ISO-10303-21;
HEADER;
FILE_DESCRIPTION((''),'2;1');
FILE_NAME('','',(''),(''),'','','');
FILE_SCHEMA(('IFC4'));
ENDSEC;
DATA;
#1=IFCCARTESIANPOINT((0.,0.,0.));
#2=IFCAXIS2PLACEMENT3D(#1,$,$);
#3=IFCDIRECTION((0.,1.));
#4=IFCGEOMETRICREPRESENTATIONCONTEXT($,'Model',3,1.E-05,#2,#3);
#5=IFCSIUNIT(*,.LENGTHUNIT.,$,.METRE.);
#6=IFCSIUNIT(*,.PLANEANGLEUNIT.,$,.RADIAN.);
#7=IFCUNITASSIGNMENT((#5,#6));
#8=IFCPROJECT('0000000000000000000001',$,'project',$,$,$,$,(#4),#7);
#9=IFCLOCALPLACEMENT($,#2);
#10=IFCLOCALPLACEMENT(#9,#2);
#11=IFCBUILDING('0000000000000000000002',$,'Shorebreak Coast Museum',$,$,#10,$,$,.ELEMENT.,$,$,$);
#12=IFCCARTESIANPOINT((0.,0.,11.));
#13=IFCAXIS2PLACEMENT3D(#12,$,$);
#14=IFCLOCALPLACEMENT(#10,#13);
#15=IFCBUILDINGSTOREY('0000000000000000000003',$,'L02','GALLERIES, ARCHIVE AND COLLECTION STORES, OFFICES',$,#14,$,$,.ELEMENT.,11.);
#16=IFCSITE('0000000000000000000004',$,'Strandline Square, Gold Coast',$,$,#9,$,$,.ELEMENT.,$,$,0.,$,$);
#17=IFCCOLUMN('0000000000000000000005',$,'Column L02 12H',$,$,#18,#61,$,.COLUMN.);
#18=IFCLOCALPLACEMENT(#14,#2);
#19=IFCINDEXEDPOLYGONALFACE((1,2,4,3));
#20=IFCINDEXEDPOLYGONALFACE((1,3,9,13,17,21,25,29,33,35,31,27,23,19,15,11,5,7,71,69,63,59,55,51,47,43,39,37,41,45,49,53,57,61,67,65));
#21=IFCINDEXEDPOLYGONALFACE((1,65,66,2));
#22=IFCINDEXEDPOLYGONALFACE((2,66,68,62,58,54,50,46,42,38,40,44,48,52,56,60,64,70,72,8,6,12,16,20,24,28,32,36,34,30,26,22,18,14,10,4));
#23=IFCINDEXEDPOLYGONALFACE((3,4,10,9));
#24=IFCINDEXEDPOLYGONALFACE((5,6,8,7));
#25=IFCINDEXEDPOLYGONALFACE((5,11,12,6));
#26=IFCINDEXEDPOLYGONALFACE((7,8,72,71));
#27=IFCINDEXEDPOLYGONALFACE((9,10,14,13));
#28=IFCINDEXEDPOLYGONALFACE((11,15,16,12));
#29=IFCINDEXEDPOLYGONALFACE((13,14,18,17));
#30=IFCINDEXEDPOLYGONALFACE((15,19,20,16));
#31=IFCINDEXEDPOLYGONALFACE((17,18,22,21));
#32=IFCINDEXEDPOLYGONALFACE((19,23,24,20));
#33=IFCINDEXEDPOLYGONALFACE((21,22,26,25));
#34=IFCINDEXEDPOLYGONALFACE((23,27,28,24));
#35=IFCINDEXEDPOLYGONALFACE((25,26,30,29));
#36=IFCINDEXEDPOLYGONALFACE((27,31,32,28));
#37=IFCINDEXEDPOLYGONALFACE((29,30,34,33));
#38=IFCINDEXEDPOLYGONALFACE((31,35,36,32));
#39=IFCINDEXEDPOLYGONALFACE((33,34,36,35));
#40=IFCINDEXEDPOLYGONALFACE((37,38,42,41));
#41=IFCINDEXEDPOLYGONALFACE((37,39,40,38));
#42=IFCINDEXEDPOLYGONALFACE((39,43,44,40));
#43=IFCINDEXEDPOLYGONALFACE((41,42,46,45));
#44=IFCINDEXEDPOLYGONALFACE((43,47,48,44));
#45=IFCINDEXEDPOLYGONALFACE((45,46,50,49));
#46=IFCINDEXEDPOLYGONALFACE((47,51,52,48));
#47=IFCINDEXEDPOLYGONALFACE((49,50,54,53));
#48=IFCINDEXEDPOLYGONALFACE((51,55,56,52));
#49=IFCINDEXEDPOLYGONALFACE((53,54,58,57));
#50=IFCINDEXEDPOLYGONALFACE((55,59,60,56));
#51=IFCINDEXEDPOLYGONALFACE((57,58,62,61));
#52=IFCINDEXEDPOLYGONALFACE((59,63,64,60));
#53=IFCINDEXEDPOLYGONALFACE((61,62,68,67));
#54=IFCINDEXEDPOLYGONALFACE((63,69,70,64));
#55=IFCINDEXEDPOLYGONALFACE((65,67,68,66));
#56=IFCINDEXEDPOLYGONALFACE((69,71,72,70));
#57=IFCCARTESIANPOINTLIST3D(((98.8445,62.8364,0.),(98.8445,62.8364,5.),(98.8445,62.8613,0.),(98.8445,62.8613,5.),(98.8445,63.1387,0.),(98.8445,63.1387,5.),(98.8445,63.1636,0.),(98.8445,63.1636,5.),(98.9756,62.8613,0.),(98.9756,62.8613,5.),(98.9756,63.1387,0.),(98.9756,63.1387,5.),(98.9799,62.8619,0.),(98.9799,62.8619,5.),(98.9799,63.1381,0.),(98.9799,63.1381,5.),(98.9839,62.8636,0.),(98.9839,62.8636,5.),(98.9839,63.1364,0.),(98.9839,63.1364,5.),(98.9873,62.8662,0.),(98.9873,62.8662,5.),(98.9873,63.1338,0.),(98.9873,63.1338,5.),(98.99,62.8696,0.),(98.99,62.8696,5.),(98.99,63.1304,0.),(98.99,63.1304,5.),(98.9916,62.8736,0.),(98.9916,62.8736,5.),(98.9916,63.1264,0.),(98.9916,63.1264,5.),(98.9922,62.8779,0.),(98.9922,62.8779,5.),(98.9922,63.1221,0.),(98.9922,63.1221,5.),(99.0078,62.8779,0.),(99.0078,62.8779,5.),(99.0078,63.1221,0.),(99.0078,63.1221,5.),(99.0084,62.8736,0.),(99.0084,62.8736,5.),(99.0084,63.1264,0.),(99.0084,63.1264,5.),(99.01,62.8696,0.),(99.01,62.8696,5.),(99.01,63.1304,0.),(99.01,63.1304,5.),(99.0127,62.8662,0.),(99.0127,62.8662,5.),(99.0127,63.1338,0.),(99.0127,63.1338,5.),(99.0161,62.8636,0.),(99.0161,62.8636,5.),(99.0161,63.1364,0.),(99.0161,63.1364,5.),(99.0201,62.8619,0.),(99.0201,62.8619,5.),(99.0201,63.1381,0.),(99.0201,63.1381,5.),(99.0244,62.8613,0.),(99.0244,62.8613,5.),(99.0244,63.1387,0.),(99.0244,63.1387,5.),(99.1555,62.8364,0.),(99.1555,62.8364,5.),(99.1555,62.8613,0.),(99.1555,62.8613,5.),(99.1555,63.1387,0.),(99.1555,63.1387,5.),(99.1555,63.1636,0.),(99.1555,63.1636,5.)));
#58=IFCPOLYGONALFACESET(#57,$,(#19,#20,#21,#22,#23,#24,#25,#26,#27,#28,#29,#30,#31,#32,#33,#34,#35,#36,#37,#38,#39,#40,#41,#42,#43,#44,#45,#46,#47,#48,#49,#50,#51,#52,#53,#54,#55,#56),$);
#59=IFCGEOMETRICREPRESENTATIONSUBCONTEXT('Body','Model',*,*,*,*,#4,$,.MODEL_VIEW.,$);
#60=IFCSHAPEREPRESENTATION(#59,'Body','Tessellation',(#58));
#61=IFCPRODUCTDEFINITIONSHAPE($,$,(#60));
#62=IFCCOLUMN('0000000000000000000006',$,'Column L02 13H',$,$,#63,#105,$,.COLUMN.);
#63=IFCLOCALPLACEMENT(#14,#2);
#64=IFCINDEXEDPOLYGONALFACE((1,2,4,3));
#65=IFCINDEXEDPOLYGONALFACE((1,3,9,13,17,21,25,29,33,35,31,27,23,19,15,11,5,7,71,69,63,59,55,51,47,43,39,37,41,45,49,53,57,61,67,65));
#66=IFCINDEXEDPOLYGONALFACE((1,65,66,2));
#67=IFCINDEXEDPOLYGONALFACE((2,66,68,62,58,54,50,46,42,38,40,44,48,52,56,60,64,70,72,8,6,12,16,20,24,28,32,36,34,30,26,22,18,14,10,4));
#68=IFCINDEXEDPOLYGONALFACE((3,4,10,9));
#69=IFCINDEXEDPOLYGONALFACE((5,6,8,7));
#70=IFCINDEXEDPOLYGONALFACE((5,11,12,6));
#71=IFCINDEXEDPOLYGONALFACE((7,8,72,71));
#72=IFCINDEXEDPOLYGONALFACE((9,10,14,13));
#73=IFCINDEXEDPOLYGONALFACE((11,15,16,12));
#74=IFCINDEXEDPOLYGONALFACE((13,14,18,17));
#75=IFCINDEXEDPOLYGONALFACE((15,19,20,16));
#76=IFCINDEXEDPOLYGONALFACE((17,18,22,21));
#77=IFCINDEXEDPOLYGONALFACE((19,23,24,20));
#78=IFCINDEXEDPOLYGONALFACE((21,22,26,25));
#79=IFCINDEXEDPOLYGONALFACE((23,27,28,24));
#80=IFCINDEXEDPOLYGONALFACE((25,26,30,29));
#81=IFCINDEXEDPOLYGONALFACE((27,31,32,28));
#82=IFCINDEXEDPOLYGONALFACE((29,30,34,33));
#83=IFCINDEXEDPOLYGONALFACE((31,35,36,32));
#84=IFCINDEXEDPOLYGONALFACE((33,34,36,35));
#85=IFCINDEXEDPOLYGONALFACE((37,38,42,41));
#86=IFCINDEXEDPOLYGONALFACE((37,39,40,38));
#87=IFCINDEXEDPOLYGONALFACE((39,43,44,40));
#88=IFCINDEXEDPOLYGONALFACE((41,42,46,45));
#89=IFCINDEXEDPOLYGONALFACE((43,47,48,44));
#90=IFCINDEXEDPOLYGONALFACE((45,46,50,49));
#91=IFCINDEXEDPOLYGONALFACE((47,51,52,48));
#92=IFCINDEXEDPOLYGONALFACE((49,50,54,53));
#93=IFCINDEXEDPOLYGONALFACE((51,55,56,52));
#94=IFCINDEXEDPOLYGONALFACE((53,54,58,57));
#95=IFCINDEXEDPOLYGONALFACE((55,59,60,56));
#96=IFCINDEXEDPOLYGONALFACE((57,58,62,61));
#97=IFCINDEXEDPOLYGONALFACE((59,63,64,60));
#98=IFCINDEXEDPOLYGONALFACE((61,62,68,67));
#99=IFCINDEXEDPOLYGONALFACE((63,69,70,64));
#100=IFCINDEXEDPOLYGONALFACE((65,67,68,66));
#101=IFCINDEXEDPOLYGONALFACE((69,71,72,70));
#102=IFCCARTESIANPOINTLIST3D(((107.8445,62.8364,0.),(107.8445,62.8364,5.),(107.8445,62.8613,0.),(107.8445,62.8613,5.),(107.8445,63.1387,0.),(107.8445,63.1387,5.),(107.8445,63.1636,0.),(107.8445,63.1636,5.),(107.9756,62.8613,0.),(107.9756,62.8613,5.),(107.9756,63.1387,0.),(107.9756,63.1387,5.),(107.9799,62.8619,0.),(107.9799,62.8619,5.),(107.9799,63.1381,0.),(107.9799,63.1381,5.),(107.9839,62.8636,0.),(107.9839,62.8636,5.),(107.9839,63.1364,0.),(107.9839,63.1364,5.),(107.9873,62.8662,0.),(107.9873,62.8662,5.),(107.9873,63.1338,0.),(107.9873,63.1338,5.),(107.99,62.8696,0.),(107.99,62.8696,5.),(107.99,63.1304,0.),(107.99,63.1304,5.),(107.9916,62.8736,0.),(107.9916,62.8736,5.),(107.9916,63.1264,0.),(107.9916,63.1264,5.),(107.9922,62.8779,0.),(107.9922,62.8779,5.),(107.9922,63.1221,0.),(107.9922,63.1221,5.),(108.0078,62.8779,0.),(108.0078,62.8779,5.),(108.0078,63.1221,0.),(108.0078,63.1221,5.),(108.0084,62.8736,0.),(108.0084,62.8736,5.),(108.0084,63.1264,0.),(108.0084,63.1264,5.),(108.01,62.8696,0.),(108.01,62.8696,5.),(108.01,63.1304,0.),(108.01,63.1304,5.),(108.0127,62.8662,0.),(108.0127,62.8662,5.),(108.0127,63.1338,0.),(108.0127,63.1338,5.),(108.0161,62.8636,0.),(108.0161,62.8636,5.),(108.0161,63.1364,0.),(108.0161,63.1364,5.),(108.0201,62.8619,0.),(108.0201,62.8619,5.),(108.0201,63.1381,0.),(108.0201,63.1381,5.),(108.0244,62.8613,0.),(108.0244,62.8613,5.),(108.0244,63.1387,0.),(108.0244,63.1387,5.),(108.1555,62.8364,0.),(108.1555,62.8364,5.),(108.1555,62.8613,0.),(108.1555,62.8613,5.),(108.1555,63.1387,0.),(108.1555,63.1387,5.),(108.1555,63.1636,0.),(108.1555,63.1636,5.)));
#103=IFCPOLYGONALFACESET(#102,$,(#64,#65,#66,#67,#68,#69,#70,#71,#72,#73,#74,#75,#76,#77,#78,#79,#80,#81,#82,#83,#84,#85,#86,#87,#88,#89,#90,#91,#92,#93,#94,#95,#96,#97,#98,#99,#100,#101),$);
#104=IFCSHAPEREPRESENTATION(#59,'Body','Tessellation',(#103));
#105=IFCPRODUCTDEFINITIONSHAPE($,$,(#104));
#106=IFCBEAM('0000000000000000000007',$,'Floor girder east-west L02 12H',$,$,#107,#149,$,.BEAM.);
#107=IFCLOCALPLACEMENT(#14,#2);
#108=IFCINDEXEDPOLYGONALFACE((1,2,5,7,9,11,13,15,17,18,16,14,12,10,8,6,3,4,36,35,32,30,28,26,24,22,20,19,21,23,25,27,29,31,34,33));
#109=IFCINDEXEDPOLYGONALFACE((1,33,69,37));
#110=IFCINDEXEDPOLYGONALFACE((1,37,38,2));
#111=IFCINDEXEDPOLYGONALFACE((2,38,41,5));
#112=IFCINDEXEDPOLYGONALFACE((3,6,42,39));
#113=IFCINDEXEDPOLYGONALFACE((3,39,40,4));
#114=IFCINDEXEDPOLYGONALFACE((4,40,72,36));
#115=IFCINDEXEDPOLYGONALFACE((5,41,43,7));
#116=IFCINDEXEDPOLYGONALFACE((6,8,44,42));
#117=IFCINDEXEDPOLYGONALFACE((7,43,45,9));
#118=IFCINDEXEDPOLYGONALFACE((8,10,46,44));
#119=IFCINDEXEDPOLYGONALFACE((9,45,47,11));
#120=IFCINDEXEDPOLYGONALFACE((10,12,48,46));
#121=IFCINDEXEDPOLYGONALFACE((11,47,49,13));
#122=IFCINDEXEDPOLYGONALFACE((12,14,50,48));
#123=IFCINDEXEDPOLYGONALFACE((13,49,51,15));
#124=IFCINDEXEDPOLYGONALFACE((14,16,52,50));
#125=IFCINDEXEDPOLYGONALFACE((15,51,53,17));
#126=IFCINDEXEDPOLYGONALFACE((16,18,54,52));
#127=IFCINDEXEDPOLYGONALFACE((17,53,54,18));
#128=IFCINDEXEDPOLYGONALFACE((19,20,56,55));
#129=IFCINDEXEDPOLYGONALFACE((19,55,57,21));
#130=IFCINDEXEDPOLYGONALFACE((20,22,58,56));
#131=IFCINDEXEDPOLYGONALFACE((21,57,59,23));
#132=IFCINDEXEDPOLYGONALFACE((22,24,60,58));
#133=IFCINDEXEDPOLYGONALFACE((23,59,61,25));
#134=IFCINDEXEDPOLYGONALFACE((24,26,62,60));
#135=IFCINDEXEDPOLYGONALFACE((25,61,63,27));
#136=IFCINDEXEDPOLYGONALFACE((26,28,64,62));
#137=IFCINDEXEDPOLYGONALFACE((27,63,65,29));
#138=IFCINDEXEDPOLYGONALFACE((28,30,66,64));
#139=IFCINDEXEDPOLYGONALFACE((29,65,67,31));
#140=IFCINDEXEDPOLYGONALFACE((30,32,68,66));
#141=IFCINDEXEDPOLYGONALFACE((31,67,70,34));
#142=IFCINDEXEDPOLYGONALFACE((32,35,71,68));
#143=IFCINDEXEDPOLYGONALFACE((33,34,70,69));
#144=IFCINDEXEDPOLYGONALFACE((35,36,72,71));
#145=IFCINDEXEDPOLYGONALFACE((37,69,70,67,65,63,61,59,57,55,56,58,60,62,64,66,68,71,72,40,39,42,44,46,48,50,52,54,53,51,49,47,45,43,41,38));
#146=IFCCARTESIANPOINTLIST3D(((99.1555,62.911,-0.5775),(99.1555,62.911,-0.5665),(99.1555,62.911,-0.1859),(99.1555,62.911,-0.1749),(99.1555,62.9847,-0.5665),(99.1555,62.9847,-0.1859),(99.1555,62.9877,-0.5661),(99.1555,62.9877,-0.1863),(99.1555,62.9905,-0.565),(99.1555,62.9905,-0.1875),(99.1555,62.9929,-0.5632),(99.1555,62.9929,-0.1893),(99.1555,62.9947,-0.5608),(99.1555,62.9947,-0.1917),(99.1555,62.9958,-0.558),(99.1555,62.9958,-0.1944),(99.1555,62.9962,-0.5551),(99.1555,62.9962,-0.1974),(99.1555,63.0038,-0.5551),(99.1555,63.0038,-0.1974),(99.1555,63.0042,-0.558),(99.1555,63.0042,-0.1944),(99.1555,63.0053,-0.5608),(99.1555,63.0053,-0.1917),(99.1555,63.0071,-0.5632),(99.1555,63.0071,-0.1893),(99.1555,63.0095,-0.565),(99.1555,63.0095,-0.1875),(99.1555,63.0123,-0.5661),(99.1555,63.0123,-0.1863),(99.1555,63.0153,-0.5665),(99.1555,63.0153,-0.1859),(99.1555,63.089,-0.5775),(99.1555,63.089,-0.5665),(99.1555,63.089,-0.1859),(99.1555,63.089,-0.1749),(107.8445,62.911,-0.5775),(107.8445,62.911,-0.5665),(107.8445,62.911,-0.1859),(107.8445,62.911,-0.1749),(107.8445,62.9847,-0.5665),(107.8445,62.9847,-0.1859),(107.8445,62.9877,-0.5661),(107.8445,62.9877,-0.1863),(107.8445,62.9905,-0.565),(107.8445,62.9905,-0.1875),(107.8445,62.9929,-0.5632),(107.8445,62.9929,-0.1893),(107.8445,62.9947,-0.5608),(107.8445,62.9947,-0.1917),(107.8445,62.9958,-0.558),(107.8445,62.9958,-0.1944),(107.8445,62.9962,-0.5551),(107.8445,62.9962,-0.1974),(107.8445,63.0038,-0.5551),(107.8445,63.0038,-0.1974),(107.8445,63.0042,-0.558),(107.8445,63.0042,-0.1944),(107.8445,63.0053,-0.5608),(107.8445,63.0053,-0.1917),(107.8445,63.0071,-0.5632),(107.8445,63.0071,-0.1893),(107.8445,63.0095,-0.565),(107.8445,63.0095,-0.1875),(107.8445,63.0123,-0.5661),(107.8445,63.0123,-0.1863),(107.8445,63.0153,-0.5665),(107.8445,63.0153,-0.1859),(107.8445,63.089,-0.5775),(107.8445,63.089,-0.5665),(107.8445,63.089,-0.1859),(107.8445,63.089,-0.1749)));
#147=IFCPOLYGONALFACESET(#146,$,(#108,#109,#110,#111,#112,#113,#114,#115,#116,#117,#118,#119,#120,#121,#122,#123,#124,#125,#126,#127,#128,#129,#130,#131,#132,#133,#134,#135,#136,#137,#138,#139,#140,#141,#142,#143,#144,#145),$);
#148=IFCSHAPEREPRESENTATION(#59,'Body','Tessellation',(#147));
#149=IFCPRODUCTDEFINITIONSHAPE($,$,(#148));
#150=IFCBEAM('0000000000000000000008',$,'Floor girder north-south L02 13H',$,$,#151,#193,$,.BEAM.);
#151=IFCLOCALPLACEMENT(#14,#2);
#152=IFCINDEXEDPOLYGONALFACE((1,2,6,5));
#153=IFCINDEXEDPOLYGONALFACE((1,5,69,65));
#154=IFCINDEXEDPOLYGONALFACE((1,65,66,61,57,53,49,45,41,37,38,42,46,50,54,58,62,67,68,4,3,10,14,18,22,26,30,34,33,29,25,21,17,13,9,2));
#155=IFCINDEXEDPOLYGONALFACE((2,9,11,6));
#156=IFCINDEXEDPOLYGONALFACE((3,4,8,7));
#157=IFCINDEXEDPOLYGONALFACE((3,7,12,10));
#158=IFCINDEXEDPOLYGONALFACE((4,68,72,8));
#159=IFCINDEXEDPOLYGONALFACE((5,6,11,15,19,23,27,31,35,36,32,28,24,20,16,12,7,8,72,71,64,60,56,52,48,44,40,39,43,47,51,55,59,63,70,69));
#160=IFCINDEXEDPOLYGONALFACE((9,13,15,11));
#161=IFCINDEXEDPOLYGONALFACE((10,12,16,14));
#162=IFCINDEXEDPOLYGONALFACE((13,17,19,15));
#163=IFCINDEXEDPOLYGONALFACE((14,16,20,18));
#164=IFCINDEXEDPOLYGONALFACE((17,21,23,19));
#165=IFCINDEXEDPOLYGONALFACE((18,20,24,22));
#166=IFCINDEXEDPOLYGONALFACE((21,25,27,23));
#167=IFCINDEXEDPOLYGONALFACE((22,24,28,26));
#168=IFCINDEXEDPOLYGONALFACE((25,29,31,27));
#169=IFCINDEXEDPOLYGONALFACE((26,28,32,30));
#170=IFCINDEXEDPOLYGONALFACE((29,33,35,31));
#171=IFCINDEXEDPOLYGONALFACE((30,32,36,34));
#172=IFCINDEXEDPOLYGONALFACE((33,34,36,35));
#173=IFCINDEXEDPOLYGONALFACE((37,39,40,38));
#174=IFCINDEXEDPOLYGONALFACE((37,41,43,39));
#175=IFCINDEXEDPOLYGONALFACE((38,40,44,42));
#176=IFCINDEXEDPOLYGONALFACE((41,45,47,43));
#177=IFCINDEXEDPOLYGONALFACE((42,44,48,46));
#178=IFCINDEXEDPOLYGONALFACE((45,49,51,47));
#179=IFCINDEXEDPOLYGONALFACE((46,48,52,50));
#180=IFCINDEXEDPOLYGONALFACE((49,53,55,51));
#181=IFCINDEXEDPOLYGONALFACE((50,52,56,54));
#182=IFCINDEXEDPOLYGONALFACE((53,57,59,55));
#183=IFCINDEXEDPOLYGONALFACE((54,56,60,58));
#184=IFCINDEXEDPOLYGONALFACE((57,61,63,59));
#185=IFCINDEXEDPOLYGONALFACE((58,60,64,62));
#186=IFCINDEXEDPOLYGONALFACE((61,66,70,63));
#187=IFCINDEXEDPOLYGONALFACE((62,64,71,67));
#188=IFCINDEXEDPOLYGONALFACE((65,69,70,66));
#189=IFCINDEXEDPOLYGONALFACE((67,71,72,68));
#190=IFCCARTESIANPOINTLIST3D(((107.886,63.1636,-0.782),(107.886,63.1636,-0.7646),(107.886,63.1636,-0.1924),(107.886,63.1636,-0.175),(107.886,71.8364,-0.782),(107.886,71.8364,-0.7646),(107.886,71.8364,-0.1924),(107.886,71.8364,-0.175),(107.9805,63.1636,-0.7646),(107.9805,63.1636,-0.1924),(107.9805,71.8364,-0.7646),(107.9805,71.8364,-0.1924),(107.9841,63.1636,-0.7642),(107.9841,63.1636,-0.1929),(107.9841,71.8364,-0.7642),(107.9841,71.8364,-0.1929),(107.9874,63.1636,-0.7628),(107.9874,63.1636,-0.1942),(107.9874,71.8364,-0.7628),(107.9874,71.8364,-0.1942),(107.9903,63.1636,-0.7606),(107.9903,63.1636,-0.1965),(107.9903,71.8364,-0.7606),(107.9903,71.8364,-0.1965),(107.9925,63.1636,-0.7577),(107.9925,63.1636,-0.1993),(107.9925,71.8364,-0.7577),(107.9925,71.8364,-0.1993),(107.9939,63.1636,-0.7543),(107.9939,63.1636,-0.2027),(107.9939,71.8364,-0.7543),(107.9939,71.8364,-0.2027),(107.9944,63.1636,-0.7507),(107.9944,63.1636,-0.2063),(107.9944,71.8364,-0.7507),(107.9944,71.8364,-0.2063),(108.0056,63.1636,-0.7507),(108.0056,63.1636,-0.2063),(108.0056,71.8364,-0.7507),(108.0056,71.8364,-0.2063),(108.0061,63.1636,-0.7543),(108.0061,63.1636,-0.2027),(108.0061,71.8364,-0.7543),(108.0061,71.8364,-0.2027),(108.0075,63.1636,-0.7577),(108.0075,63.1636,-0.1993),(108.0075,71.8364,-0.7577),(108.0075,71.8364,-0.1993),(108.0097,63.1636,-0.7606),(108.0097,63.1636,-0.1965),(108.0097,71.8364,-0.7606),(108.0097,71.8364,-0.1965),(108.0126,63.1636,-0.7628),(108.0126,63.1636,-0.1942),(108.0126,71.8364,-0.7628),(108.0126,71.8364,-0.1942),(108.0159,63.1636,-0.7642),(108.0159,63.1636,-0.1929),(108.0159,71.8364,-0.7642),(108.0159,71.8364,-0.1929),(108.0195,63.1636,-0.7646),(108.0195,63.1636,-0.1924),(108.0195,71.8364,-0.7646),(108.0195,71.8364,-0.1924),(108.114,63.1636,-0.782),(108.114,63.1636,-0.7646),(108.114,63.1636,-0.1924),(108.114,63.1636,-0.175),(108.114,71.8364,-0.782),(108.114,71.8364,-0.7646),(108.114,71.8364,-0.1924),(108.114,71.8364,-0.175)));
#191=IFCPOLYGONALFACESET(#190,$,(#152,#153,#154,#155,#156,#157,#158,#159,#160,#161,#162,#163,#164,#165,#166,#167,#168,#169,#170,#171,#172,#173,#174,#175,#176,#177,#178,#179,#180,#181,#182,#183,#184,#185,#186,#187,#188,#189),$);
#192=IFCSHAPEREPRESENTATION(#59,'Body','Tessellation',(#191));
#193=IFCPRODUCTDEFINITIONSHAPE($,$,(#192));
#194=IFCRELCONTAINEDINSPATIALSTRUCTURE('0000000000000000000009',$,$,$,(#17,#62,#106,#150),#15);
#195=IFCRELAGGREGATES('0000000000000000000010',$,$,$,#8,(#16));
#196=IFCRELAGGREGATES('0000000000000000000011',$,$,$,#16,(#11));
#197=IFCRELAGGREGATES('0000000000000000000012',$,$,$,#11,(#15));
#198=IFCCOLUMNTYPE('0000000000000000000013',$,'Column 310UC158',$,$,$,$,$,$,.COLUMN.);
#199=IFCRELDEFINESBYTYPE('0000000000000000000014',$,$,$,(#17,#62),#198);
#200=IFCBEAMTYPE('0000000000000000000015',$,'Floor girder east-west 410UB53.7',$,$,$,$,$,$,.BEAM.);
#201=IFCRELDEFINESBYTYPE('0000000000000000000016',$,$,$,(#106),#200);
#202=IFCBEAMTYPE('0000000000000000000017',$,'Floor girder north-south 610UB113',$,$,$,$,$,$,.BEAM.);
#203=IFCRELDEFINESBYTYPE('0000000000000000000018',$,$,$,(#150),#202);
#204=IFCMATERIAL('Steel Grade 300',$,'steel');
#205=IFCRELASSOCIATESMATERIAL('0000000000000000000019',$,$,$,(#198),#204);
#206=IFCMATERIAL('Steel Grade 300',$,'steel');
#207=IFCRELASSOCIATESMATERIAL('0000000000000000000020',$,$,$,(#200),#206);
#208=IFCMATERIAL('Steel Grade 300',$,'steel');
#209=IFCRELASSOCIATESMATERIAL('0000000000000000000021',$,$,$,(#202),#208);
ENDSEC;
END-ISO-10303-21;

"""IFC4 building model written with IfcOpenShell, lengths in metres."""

from ifc_helpers import new_model, si_unit, direction, frame, origin, origin_2d, place, context, subcontext, project, spatial, i_section, extrude, material, material_profile, profile_set, type_object, element, save


model = new_model("IFC4")

# Units and contexts
model_context = context("Model", 3, precision=1e-05, world=origin(), true_north=direction((0.0, 1.0)))
body_context = subcontext(model_context, "Body", "Model", "MODEL_VIEW")
ifc_project = project(units=[si_unit("LENGTHUNIT", "METRE"), si_unit("PLANEANGLEUNIT", "RADIAN")], contexts=[model_context])

# Site, building, storey
site_placement = place(None, origin())
site = spatial("IfcSite", under=ifc_project, at=site_placement, Name="Strandline Square, Gold Coast", CompositionType="ELEMENT", RefElevation=0.0)
building_placement = place(site_placement, origin())
building = spatial("IfcBuilding", under=site, at=building_placement, Name="Shorebreak Coast Museum", CompositionType="ELEMENT")
storey_placement = place(building_placement, frame((0.0, 0.0, 11.0)))
storey = spatial("IfcBuildingStorey", under=building, at=storey_placement, Name="L02", Description="GALLERIES, ARCHIVE AND COLLECTION STORES, OFFICES", CompositionType="ELEMENT", Elevation=11.0)

# Columns
ifc_material_1 = material(Name="Steel Grade 300", Category="steel")
ifc_material_profile_1 = material_profile(ifc_material_1, i_section(OverallWidth=0.311, OverallDepth=0.3271, WebThickness=0.0156, FlangeThickness=0.0249, FilletRadius=0.0166, at=origin_2d()), Name="310UC158")
ifc_profile_set_1 = profile_set([ifc_material_profile_1], Name="Steel Grade 300")
column_type = type_object("IfcColumnType", Name="Column 310UC158", PredefinedType="COLUMN", material=ifc_profile_set_1)
for number, where, z_axis, x_axis, name in (
    (1, (99.0, 63.0, 0.0), (0.0, 0.0, 1.0), (1.0, 0.0, 0.0), "Column L02 12H"),
    (2, (108.0, 63.0, 0.0), (0.0, 0.0, 1.0), (1.0, 0.0, 0.0), "Column L02 13H"),
):
    element("IfcColumn", number, at=place(storey_placement, frame(where, z_axis=z_axis, x_axis=x_axis)), inside=storey, type_object=column_type, Name=name, PredefinedType="COLUMN", context=body_context, shape_type="SweptSolid", body=[
        extrude(i_section(OverallWidth=0.311, OverallDepth=0.3271, WebThickness=0.0156, FlangeThickness=0.0249, FilletRadius=0.0166, at=origin_2d()), origin(), (0.0, 0.0, 1.0), 5.0),
    ])

# Beams
ifc_material_2 = material(Name="Steel Grade 300", Category="steel")
ifc_material_profile_2 = material_profile(ifc_material_2, i_section(OverallWidth=0.178, OverallDepth=0.4026, WebThickness=0.0076, FlangeThickness=0.011, FilletRadius=0.0115, at=origin_2d()), Name="410UB53.7")
ifc_profile_set_2 = profile_set([ifc_material_profile_2], Name="Steel Grade 300")
beam_type_1 = type_object("IfcBeamType", Name="Floor girder east-west 410UB53.7", PredefinedType="BEAM", material=ifc_profile_set_2)
beam_1_placement = place(storey_placement, frame((99.1555, 63.0, -0.3762), z_axis=(1.0, 0.0, 0.0), x_axis=(0.0, 1.0, 0.0)))
element("IfcBeam", 3, at=beam_1_placement, inside=storey, type_object=beam_type_1, Name="Floor girder east-west L02 12H", PredefinedType="BEAM", context=body_context, shape_type="SweptSolid", body=[
    extrude(i_section(OverallWidth=0.178, OverallDepth=0.4026, WebThickness=0.0076, FlangeThickness=0.011, FilletRadius=0.0115, at=origin_2d()), origin(), (0.0, 0.0, 1.0), 8.689),
])
ifc_material_3 = material(Name="Steel Grade 300", Category="steel")
ifc_material_profile_3 = material_profile(ifc_material_3, i_section(OverallWidth=0.228, OverallDepth=0.6069, WebThickness=0.0112, FlangeThickness=0.0173, FilletRadius=0.0139, at=origin_2d()), Name="610UB113")
ifc_profile_set_3 = profile_set([ifc_material_profile_3], Name="Steel Grade 300")
beam_type_2 = type_object("IfcBeamType", Name="Floor girder north-south 610UB113", PredefinedType="BEAM", material=ifc_profile_set_3)
beam_2_placement = place(storey_placement, frame((108.0, 63.1636, -0.4785), z_axis=(0.0, 1.0, 0.0), x_axis=(-1.0, 0.0, 0.0)))
element("IfcBeam", 4, at=beam_2_placement, inside=storey, type_object=beam_type_2, Name="Floor girder north-south L02 13H", PredefinedType="BEAM", context=body_context, shape_type="SweptSolid", body=[
    extrude(i_section(OverallWidth=0.228, OverallDepth=0.6069, WebThickness=0.0112, FlangeThickness=0.0173, FilletRadius=0.0139, at=origin_2d()), origin(), (0.0, 0.0, 1.0), 8.6729),
])

save(model, "model.ifc")
